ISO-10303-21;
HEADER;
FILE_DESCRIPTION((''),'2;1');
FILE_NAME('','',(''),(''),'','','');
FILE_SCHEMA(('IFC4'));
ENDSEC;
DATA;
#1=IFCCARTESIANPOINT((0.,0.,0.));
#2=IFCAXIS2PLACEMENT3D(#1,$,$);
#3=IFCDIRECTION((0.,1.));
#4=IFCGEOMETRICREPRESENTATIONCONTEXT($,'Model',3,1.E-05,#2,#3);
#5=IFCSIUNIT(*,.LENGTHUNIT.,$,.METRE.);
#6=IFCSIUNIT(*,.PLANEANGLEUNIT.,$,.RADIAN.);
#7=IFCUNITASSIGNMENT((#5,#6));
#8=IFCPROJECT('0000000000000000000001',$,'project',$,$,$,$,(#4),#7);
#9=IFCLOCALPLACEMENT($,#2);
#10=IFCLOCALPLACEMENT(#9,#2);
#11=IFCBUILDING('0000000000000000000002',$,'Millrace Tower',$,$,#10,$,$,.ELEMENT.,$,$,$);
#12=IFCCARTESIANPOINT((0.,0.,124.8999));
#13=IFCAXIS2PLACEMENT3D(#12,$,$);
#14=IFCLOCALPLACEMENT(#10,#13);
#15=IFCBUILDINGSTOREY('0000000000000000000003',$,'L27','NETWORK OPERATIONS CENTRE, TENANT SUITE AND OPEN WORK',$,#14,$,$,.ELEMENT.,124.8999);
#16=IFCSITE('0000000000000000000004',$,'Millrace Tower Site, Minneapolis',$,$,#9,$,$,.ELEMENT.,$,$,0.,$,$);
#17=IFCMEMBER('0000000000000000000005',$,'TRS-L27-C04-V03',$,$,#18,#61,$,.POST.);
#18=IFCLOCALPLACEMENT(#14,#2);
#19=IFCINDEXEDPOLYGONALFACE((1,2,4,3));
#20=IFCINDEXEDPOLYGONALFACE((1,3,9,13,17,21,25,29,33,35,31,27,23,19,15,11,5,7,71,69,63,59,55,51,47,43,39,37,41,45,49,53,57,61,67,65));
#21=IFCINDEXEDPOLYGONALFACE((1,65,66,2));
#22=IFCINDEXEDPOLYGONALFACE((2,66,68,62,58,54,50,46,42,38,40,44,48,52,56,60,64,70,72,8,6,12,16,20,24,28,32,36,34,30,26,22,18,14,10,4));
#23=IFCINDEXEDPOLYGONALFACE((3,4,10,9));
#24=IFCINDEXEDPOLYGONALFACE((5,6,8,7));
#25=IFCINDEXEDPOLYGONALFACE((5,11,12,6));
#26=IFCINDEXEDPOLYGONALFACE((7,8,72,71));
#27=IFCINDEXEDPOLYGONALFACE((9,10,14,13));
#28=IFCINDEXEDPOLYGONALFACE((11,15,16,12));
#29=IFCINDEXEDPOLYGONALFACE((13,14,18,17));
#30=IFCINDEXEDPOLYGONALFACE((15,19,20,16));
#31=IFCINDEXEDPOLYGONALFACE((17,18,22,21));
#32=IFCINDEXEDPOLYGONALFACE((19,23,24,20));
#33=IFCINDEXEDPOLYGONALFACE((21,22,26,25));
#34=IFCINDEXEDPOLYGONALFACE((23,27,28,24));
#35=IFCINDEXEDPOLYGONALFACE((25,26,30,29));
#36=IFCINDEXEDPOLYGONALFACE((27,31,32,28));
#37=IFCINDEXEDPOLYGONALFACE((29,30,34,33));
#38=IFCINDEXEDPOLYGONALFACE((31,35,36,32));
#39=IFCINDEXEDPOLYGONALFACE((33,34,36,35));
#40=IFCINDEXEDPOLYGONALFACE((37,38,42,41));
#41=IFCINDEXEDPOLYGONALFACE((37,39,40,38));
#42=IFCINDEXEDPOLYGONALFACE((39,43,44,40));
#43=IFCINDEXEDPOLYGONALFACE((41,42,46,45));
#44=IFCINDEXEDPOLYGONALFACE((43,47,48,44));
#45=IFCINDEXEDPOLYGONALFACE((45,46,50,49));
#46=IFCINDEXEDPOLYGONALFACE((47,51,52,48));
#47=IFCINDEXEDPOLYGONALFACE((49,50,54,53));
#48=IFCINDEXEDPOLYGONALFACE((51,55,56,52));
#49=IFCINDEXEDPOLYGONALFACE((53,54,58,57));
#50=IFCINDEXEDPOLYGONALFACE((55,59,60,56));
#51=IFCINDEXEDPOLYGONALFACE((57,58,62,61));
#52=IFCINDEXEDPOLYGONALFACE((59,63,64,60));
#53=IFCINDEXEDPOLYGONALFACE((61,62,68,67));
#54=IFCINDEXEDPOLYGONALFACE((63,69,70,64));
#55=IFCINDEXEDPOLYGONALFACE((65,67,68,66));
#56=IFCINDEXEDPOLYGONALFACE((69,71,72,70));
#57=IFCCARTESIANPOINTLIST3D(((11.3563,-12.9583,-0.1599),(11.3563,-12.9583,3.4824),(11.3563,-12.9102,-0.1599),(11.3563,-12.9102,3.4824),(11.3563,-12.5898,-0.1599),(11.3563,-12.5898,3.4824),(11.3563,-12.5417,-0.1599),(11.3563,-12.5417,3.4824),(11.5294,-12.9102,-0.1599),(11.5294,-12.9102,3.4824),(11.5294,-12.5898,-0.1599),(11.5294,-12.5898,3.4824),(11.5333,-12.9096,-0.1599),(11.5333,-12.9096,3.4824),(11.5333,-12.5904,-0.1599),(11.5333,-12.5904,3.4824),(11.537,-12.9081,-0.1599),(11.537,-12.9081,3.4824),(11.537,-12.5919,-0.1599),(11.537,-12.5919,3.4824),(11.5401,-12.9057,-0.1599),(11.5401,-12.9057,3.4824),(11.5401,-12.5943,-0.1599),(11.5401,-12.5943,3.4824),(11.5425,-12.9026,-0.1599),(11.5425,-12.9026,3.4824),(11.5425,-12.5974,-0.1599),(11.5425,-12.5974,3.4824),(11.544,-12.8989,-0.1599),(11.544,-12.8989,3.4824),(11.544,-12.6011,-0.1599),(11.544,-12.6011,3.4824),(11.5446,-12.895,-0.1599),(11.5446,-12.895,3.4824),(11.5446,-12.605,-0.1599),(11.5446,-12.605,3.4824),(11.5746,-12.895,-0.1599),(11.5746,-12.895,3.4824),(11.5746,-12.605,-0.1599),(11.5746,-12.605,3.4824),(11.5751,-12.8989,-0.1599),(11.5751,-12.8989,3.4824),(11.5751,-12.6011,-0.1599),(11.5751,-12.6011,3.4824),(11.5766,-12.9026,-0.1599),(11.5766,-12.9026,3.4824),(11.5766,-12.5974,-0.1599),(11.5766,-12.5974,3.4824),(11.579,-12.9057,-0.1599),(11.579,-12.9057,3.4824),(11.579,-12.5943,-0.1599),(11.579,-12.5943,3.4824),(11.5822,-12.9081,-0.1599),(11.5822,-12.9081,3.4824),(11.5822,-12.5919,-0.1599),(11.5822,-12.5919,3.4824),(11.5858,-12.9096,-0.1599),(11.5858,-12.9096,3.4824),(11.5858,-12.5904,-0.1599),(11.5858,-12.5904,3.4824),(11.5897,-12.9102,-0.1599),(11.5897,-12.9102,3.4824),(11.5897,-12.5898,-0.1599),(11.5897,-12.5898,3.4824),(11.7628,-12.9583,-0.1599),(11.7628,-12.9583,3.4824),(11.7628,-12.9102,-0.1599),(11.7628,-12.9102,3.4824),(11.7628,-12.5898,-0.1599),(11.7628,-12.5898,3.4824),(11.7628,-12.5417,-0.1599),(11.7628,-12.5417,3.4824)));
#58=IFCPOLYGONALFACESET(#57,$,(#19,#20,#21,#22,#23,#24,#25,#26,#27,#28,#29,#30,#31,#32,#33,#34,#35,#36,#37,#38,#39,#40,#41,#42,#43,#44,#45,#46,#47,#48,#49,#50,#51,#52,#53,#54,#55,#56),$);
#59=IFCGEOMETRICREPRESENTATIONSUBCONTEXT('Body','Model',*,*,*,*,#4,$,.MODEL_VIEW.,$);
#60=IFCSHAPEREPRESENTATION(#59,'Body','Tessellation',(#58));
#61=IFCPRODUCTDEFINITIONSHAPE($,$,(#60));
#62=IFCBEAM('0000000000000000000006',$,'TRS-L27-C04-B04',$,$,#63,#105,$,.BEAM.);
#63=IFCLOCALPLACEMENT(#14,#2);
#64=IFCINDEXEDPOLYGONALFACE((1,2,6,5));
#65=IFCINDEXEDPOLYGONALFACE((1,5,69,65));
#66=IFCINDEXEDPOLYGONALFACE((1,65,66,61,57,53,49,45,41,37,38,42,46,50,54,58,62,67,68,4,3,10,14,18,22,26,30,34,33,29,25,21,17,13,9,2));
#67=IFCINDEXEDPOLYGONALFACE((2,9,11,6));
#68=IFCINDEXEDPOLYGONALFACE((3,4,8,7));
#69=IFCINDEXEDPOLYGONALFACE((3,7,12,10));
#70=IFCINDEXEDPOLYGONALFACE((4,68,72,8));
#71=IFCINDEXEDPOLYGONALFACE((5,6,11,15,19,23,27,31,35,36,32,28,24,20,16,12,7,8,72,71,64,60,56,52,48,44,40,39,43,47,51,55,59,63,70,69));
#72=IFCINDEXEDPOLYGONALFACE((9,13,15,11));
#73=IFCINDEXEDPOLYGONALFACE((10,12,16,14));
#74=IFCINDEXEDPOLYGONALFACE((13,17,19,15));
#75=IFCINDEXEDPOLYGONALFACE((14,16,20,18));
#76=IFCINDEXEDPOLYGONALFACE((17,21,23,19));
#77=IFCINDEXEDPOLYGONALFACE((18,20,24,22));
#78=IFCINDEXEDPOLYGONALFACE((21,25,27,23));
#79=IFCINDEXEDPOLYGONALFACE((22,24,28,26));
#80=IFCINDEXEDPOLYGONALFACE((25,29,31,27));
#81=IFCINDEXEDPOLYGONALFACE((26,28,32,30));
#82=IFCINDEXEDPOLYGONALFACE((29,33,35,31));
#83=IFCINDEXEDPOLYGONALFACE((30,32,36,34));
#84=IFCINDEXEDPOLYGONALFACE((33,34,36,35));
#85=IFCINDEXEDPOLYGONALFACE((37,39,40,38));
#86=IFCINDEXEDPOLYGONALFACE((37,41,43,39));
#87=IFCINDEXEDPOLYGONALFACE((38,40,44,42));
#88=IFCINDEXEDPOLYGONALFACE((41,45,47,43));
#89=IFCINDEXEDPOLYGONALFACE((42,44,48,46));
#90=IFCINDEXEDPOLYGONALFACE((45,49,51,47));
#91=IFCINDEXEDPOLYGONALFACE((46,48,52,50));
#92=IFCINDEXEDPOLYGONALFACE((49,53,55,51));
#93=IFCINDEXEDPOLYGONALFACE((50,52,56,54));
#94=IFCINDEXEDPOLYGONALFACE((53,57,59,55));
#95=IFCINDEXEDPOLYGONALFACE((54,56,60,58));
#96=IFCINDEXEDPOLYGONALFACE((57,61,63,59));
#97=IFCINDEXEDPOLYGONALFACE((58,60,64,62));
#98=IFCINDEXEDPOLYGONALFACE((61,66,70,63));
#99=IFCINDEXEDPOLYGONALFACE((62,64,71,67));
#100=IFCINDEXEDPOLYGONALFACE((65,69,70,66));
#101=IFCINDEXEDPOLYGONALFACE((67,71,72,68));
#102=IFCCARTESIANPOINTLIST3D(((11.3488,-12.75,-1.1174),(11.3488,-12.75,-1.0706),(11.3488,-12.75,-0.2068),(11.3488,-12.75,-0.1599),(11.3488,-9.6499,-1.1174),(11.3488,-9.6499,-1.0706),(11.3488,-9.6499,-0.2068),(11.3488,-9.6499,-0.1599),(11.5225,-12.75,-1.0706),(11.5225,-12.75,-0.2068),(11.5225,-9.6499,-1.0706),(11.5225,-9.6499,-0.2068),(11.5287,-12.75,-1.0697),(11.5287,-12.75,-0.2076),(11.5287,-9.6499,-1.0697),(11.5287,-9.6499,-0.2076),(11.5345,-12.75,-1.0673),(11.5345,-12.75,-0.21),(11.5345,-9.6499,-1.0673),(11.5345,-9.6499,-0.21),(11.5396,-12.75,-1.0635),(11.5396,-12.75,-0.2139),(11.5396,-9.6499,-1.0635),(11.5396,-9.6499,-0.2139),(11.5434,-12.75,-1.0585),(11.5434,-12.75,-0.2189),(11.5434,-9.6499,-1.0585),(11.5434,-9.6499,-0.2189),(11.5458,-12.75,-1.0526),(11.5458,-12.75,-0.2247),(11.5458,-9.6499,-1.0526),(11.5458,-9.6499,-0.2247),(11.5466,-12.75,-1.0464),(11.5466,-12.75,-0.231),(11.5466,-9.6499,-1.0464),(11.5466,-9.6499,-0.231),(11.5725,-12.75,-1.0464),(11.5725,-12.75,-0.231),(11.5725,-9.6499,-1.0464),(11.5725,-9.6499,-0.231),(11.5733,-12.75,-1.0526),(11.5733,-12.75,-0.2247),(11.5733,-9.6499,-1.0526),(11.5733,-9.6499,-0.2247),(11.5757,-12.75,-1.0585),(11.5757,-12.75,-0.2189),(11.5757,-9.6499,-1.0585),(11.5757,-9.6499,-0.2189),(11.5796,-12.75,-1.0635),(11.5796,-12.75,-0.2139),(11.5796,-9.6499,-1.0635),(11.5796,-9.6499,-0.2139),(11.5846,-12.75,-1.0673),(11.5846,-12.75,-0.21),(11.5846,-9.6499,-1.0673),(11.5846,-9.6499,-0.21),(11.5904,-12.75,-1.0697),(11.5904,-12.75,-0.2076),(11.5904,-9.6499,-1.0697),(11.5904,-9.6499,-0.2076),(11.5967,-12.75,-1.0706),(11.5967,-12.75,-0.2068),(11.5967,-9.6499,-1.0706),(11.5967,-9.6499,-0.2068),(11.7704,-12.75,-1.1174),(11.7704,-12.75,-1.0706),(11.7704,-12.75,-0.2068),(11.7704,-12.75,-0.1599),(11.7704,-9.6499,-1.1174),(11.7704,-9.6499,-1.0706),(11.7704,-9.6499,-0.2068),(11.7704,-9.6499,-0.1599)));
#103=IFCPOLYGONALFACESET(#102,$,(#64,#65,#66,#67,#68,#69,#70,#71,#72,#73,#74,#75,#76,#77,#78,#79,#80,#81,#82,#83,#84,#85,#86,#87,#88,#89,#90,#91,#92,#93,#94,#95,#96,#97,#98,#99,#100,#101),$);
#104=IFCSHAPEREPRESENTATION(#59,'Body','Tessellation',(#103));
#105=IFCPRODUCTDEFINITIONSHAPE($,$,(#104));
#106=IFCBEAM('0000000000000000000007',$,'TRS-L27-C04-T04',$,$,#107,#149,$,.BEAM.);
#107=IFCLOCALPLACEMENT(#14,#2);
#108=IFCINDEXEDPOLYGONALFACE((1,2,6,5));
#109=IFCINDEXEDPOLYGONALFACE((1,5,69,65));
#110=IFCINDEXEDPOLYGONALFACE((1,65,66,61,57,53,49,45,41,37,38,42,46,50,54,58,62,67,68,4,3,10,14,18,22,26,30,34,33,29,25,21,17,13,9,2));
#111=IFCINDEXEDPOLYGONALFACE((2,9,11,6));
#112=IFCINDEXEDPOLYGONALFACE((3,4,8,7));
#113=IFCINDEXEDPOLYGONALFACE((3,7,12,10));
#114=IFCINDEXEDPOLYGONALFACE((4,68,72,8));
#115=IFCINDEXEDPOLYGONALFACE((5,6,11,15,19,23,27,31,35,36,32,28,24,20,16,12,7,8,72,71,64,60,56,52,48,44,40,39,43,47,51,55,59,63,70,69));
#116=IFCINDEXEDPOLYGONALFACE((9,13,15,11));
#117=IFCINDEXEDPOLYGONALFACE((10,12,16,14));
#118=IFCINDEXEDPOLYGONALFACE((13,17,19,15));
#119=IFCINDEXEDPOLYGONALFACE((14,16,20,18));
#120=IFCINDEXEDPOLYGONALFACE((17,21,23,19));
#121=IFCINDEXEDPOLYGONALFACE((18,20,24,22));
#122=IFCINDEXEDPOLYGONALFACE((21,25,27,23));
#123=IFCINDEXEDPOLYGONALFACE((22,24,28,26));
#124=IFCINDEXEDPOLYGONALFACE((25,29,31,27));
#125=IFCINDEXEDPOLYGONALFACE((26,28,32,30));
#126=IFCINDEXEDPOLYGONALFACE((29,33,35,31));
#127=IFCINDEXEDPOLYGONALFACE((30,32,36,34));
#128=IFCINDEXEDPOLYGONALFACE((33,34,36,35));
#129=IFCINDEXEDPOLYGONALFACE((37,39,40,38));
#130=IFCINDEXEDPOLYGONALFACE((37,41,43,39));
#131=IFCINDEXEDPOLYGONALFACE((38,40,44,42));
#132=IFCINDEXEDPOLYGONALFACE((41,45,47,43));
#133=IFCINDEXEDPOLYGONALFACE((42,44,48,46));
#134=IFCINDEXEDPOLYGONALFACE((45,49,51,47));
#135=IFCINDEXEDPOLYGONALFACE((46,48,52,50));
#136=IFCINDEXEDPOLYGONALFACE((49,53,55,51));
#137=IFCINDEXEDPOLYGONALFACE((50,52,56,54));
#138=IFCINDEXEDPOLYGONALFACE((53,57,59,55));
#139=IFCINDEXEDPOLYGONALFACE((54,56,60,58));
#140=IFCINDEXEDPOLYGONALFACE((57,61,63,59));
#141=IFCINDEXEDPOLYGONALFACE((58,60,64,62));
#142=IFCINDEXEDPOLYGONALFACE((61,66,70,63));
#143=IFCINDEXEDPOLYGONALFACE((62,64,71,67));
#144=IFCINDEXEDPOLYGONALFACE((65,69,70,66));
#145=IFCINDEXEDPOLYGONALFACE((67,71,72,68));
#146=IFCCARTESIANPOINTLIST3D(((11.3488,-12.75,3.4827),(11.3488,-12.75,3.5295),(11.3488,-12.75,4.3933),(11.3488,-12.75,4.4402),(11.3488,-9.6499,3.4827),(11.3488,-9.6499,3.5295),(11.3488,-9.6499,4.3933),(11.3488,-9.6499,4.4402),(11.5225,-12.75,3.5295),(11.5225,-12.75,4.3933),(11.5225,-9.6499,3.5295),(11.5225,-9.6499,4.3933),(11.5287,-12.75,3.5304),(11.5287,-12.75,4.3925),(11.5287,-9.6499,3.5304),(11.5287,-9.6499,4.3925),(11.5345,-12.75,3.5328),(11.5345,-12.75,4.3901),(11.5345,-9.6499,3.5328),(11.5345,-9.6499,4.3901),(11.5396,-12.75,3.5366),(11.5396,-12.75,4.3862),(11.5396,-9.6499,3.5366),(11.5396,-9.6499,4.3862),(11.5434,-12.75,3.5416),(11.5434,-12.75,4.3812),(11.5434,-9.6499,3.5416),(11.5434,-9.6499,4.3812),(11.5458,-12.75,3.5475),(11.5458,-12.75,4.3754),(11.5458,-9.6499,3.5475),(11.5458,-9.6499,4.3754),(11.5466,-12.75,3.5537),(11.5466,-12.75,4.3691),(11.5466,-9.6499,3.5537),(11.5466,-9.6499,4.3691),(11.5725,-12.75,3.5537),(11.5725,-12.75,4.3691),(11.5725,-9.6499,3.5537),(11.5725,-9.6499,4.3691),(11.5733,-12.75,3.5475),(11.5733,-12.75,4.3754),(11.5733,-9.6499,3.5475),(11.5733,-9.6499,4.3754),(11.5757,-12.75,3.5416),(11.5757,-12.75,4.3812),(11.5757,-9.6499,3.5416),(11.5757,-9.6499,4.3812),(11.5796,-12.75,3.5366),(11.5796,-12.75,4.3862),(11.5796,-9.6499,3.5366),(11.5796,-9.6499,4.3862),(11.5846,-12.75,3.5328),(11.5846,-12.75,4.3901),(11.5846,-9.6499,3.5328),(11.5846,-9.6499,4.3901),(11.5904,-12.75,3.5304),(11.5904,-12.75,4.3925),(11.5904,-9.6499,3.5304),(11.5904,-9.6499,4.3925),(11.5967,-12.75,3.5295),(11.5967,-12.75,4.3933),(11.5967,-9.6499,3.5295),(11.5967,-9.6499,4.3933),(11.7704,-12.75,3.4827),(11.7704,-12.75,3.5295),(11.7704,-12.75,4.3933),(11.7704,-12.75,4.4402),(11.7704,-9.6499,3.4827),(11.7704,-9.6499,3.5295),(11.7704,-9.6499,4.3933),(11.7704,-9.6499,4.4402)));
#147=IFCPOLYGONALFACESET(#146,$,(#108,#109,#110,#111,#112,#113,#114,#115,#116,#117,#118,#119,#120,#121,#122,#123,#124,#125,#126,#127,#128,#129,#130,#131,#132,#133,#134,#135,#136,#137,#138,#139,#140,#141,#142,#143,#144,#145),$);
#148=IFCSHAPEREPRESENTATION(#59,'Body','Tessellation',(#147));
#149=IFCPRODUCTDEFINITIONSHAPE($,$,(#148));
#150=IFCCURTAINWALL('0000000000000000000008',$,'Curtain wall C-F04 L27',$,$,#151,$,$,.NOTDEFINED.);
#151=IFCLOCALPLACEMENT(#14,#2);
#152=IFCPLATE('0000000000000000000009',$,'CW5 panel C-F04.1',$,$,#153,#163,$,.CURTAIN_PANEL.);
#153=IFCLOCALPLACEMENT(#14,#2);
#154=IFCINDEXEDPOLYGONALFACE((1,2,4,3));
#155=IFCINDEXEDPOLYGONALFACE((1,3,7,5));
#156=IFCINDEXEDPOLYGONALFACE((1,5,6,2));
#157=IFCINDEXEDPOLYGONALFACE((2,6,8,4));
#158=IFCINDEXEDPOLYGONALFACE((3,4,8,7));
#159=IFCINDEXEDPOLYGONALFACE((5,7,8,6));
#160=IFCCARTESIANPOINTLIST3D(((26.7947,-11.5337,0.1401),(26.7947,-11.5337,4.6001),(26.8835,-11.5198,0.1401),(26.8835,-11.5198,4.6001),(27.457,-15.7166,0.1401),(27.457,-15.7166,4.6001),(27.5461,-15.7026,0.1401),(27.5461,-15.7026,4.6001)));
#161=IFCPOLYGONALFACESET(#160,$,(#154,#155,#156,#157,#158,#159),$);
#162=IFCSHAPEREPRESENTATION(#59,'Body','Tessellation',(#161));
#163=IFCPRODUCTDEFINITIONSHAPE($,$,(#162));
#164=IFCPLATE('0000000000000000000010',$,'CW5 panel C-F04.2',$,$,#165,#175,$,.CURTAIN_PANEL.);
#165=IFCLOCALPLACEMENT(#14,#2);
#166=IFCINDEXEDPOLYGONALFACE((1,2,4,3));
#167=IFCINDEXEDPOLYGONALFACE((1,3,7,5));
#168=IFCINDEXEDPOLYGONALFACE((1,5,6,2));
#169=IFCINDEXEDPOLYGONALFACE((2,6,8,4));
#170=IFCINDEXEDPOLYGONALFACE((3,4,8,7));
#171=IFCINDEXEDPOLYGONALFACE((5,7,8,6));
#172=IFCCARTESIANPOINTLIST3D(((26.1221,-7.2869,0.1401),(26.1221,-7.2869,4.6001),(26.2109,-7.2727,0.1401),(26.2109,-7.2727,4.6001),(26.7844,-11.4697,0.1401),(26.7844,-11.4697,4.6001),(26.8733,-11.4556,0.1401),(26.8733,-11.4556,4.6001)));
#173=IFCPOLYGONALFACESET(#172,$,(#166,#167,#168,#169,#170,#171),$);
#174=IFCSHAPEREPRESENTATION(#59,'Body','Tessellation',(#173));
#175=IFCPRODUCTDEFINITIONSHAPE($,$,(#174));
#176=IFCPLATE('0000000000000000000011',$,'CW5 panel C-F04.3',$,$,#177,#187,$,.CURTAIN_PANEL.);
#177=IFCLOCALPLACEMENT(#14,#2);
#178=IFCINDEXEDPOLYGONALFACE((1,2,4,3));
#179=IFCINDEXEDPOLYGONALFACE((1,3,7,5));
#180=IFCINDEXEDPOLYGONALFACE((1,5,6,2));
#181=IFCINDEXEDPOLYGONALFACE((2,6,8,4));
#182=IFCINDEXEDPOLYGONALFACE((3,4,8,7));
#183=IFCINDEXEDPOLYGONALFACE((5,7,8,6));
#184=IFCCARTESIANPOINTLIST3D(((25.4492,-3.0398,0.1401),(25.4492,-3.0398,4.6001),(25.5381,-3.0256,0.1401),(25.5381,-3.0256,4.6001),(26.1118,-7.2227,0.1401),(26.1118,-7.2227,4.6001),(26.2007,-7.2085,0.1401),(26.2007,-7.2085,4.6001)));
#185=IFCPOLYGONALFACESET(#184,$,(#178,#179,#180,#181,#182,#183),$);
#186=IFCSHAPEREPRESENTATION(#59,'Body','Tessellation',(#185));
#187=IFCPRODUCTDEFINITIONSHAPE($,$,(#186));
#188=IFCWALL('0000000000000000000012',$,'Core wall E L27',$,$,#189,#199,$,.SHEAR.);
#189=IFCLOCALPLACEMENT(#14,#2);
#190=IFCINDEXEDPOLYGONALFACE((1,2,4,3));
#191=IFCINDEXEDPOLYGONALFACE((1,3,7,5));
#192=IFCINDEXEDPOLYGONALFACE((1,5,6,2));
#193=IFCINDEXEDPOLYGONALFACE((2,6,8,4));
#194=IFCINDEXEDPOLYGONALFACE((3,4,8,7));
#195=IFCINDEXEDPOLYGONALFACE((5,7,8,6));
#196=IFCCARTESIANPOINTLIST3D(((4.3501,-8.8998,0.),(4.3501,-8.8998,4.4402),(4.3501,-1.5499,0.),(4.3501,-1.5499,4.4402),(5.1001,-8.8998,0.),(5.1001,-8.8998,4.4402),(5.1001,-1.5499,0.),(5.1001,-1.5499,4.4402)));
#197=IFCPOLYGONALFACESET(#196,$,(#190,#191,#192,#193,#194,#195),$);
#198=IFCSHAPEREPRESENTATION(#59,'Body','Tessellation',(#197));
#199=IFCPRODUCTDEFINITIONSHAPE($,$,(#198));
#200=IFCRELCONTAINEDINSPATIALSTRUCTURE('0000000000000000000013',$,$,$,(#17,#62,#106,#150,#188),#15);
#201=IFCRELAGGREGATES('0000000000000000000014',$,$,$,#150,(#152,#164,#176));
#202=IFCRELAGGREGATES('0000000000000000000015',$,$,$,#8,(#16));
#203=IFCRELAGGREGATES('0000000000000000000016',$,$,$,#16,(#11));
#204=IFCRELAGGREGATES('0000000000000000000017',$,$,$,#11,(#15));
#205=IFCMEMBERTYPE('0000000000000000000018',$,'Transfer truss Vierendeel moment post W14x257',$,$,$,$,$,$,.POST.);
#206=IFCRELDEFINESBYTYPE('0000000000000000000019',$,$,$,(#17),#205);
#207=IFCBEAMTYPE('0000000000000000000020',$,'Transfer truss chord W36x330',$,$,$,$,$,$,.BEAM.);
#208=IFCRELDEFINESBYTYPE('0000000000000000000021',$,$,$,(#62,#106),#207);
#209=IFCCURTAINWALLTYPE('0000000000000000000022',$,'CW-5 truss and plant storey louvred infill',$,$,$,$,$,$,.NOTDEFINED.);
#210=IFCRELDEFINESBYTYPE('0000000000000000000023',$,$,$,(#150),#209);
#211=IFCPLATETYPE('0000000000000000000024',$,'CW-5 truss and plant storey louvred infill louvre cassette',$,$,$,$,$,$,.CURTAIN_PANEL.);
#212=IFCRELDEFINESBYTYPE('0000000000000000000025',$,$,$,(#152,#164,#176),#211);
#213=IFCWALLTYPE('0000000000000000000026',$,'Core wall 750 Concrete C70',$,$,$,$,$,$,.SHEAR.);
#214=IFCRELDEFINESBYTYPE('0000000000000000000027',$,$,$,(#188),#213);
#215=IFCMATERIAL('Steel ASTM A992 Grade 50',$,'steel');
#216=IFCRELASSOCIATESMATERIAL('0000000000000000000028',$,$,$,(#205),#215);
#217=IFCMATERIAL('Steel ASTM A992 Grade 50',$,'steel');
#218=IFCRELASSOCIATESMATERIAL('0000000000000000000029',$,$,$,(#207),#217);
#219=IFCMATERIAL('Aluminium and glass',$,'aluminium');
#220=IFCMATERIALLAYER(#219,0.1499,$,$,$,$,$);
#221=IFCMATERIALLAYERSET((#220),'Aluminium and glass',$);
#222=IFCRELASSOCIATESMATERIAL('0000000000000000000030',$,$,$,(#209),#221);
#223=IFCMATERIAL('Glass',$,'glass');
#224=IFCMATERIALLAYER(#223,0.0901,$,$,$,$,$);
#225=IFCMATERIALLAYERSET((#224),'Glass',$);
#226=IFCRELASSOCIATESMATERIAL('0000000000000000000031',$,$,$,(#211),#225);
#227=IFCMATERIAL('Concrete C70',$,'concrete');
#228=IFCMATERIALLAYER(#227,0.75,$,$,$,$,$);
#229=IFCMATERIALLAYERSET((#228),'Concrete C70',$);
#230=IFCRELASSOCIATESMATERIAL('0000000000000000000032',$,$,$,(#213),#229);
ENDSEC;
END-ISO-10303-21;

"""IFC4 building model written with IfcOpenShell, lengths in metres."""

from ifc_helpers import new_model, si_unit, direction, frame, frame_2d, origin, origin_2d, place, context, subcontext, project, spatial, polyline, rectangle, i_section, outline, extrude, material, layer, layer_set, material_profile, profile_set, type_object, element, aggregate, save


model = new_model("IFC4")

# Units and contexts
model_context = context("Model", 3, precision=1e-05, world=origin(), true_north=direction((0.0, 1.0)))
body_context = subcontext(model_context, "Body", "Model", "MODEL_VIEW")
ifc_project = project(units=[si_unit("LENGTHUNIT", "METRE"), si_unit("PLANEANGLEUNIT", "RADIAN")], contexts=[model_context])

# Site, building, storey
site_placement = place(None, origin())
site = spatial("IfcSite", under=ifc_project, at=site_placement, Name="Millrace Tower Site, Minneapolis", CompositionType="ELEMENT", RefElevation=0.0)
building_placement = place(site_placement, origin())
building = spatial("IfcBuilding", under=site, at=building_placement, Name="Millrace Tower", CompositionType="ELEMENT")
storey_placement = place(building_placement, frame((0.0, 0.0, 124.8999)))
storey = spatial("IfcBuildingStorey", under=building, at=storey_placement, Name="L27", Description="NETWORK OPERATIONS CENTRE, TENANT SUITE AND OPEN WORK", CompositionType="ELEMENT", Elevation=124.8999)

# Member
ifc_material_1 = material(Name="Steel ASTM A992 Grade 50", Category="steel")
ifc_material_profile_1 = material_profile(ifc_material_1, i_section(OverallWidth=0.4065, OverallDepth=0.4165, WebThickness=0.03, FlangeThickness=0.0481, FilletRadius=0.0151, at=origin_2d()))
ifc_profile_set_1 = profile_set([ifc_material_profile_1], Name="Steel ASTM A992 Grade 50")
member_type = type_object("IfcMemberType", Name="Transfer truss Vierendeel moment post W14x257", PredefinedType="POST", material=ifc_profile_set_1)
member_placement = place(storey_placement, frame((11.5596, -12.75, -0.1599), z_axis=(0.0, 0.0, 1.0), x_axis=(1.0, 0.0, 0.0)))
element("IfcMember", 1, at=member_placement, inside=storey, type_object=member_type, Name="TRS-L27-C04-V03", PredefinedType="POST", context=body_context, shape_type="SweptSolid", body=[
    extrude(i_section(OverallWidth=0.4065, OverallDepth=0.4165, WebThickness=0.03, FlangeThickness=0.0481, FilletRadius=0.0151, at=origin_2d()), origin(), (0.0, 0.0, 1.0), 3.6423),
])

# Beams
ifc_material_2 = material(Name="Steel ASTM A992 Grade 50", Category="steel")
ifc_material_profile_2 = material_profile(ifc_material_2, i_section(OverallWidth=0.4216, OverallDepth=0.9575, WebThickness=0.0259, FlangeThickness=0.0469, FilletRadius=0.0242, at=origin_2d()))
ifc_profile_set_2 = profile_set([ifc_material_profile_2], Name="Steel ASTM A992 Grade 50")
beam_type = type_object("IfcBeamType", Name="Transfer truss chord W36x330", PredefinedType="BEAM", material=ifc_profile_set_2)
for number, where, z_axis, x_axis, name in (
    (2, (11.5596, -12.75, -0.6387), (0.0, 1.0, 0.0), (-1.0, 0.0, 0.0), "TRS-L27-C04-B04"),
    (3, (11.5596, -12.75, 3.9614), (0.0, 1.0, 0.0), (-1.0, 0.0, 0.0), "TRS-L27-C04-T04"),
):
    element("IfcBeam", number, at=place(storey_placement, frame(where, z_axis=z_axis, x_axis=x_axis)), inside=storey, type_object=beam_type, Name=name, PredefinedType="BEAM", context=body_context, shape_type="SweptSolid", body=[
        extrude(i_section(OverallWidth=0.4216, OverallDepth=0.9575, WebThickness=0.0259, FlangeThickness=0.0469, FilletRadius=0.0242, at=origin_2d()), origin(), (0.0, 0.0, 1.0), 3.1001),
    ])

# Curtain wall, plates
ifc_material_3 = material(Name="Aluminium and glass", Category="aluminium")
ifc_layer_1 = layer(ifc_material_3, 0.1499)
ifc_layer_set_1 = layer_set([ifc_layer_1], Name="Aluminium and glass")
curtain_wall_type = type_object("IfcCurtainWallType", Name="CW-5 truss and plant storey louvred infill", PredefinedType="NOTDEFINED", material=ifc_layer_set_1)
placement_1 = place(storey_placement, origin())
curtain_wall = element("IfcCurtainWall", 4, at=placement_1, inside=storey, type_object=curtain_wall_type, Name="Curtain wall C-F04 L27", PredefinedType="NOTDEFINED")
ifc_material_4 = material(Name="Glass", Category="glass")
ifc_layer_2 = layer(ifc_material_4, 0.0901)
ifc_layer_set_2 = layer_set([ifc_layer_2], Name="Glass")
plate_type = type_object("IfcPlateType", Name="CW-5 truss and plant storey louvred infill louvre cassette", PredefinedType="CURTAIN_PANEL", material=ifc_layer_set_2)
placement_2 = place(storey_placement, frame((0.0, 0.0, 0.1401)))
plate_1 = element("IfcPlate", 5, at=placement_2, type_object=plate_type, Name="CW5 panel C-F04.1", PredefinedType="CURTAIN_PANEL", context=body_context, shape_type="SweptSolid", body=[
    extrude(outline(polyline([(27.5461, -15.7026), (26.8835, -11.5198), (26.7947, -11.5337), (27.457, -15.7166), (27.5461, -15.7026)])), origin(), (0.0, 0.0, 1.0), 4.46),
])
plate_2 = element("IfcPlate", 6, at=placement_2, type_object=plate_type, Name="CW5 panel C-F04.2", PredefinedType="CURTAIN_PANEL", context=body_context, shape_type="SweptSolid", body=[
    extrude(outline(polyline([(26.8733, -11.4556), (26.2109, -7.2727), (26.1221, -7.2869), (26.7844, -11.4697), (26.8733, -11.4556)])), origin(), (0.0, 0.0, 1.0), 4.46),
])
plate_3 = element("IfcPlate", 7, at=placement_2, type_object=plate_type, Name="CW5 panel C-F04.3", PredefinedType="CURTAIN_PANEL", context=body_context, shape_type="SweptSolid", body=[
    extrude(outline(polyline([(26.2007, -7.2085), (25.5381, -3.0256), (25.4492, -3.0398), (26.1118, -7.2227), (26.2007, -7.2085)])), origin(), (0.0, 0.0, 1.0), 4.46),
])
aggregate(curtain_wall, [plate_1, plate_2, plate_3])

# Wall
ifc_material_5 = material(Name="Concrete C70", Category="concrete")
ifc_layer_3 = layer(ifc_material_5, 0.75)
ifc_layer_set_3 = layer_set([ifc_layer_3], Name="Concrete C70")
wall_type_1 = type_object("IfcWallType", Name="Core wall 750 Concrete C70", PredefinedType="SHEAR", material=ifc_layer_set_3)
wall_1_placement = place(storey_placement, frame((4.7251, -1.55, 0.0), z_axis=(0.0, 0.0, 1.0), x_axis=(0.0, -1.0, 0.0)))
element("IfcWall", 8, at=wall_1_placement, inside=storey, type_object=wall_type_1, Name="Core wall E L27", PredefinedType="SHEAR", context=body_context, shape_type="SweptSolid", body=[
    extrude(rectangle(XDim=7.3499, YDim=0.75, at=frame_2d((3.6748, 0.0))), origin(), (0.0, 0.0, 1.0), 4.4402),
])

save(model, "model.ifc")
